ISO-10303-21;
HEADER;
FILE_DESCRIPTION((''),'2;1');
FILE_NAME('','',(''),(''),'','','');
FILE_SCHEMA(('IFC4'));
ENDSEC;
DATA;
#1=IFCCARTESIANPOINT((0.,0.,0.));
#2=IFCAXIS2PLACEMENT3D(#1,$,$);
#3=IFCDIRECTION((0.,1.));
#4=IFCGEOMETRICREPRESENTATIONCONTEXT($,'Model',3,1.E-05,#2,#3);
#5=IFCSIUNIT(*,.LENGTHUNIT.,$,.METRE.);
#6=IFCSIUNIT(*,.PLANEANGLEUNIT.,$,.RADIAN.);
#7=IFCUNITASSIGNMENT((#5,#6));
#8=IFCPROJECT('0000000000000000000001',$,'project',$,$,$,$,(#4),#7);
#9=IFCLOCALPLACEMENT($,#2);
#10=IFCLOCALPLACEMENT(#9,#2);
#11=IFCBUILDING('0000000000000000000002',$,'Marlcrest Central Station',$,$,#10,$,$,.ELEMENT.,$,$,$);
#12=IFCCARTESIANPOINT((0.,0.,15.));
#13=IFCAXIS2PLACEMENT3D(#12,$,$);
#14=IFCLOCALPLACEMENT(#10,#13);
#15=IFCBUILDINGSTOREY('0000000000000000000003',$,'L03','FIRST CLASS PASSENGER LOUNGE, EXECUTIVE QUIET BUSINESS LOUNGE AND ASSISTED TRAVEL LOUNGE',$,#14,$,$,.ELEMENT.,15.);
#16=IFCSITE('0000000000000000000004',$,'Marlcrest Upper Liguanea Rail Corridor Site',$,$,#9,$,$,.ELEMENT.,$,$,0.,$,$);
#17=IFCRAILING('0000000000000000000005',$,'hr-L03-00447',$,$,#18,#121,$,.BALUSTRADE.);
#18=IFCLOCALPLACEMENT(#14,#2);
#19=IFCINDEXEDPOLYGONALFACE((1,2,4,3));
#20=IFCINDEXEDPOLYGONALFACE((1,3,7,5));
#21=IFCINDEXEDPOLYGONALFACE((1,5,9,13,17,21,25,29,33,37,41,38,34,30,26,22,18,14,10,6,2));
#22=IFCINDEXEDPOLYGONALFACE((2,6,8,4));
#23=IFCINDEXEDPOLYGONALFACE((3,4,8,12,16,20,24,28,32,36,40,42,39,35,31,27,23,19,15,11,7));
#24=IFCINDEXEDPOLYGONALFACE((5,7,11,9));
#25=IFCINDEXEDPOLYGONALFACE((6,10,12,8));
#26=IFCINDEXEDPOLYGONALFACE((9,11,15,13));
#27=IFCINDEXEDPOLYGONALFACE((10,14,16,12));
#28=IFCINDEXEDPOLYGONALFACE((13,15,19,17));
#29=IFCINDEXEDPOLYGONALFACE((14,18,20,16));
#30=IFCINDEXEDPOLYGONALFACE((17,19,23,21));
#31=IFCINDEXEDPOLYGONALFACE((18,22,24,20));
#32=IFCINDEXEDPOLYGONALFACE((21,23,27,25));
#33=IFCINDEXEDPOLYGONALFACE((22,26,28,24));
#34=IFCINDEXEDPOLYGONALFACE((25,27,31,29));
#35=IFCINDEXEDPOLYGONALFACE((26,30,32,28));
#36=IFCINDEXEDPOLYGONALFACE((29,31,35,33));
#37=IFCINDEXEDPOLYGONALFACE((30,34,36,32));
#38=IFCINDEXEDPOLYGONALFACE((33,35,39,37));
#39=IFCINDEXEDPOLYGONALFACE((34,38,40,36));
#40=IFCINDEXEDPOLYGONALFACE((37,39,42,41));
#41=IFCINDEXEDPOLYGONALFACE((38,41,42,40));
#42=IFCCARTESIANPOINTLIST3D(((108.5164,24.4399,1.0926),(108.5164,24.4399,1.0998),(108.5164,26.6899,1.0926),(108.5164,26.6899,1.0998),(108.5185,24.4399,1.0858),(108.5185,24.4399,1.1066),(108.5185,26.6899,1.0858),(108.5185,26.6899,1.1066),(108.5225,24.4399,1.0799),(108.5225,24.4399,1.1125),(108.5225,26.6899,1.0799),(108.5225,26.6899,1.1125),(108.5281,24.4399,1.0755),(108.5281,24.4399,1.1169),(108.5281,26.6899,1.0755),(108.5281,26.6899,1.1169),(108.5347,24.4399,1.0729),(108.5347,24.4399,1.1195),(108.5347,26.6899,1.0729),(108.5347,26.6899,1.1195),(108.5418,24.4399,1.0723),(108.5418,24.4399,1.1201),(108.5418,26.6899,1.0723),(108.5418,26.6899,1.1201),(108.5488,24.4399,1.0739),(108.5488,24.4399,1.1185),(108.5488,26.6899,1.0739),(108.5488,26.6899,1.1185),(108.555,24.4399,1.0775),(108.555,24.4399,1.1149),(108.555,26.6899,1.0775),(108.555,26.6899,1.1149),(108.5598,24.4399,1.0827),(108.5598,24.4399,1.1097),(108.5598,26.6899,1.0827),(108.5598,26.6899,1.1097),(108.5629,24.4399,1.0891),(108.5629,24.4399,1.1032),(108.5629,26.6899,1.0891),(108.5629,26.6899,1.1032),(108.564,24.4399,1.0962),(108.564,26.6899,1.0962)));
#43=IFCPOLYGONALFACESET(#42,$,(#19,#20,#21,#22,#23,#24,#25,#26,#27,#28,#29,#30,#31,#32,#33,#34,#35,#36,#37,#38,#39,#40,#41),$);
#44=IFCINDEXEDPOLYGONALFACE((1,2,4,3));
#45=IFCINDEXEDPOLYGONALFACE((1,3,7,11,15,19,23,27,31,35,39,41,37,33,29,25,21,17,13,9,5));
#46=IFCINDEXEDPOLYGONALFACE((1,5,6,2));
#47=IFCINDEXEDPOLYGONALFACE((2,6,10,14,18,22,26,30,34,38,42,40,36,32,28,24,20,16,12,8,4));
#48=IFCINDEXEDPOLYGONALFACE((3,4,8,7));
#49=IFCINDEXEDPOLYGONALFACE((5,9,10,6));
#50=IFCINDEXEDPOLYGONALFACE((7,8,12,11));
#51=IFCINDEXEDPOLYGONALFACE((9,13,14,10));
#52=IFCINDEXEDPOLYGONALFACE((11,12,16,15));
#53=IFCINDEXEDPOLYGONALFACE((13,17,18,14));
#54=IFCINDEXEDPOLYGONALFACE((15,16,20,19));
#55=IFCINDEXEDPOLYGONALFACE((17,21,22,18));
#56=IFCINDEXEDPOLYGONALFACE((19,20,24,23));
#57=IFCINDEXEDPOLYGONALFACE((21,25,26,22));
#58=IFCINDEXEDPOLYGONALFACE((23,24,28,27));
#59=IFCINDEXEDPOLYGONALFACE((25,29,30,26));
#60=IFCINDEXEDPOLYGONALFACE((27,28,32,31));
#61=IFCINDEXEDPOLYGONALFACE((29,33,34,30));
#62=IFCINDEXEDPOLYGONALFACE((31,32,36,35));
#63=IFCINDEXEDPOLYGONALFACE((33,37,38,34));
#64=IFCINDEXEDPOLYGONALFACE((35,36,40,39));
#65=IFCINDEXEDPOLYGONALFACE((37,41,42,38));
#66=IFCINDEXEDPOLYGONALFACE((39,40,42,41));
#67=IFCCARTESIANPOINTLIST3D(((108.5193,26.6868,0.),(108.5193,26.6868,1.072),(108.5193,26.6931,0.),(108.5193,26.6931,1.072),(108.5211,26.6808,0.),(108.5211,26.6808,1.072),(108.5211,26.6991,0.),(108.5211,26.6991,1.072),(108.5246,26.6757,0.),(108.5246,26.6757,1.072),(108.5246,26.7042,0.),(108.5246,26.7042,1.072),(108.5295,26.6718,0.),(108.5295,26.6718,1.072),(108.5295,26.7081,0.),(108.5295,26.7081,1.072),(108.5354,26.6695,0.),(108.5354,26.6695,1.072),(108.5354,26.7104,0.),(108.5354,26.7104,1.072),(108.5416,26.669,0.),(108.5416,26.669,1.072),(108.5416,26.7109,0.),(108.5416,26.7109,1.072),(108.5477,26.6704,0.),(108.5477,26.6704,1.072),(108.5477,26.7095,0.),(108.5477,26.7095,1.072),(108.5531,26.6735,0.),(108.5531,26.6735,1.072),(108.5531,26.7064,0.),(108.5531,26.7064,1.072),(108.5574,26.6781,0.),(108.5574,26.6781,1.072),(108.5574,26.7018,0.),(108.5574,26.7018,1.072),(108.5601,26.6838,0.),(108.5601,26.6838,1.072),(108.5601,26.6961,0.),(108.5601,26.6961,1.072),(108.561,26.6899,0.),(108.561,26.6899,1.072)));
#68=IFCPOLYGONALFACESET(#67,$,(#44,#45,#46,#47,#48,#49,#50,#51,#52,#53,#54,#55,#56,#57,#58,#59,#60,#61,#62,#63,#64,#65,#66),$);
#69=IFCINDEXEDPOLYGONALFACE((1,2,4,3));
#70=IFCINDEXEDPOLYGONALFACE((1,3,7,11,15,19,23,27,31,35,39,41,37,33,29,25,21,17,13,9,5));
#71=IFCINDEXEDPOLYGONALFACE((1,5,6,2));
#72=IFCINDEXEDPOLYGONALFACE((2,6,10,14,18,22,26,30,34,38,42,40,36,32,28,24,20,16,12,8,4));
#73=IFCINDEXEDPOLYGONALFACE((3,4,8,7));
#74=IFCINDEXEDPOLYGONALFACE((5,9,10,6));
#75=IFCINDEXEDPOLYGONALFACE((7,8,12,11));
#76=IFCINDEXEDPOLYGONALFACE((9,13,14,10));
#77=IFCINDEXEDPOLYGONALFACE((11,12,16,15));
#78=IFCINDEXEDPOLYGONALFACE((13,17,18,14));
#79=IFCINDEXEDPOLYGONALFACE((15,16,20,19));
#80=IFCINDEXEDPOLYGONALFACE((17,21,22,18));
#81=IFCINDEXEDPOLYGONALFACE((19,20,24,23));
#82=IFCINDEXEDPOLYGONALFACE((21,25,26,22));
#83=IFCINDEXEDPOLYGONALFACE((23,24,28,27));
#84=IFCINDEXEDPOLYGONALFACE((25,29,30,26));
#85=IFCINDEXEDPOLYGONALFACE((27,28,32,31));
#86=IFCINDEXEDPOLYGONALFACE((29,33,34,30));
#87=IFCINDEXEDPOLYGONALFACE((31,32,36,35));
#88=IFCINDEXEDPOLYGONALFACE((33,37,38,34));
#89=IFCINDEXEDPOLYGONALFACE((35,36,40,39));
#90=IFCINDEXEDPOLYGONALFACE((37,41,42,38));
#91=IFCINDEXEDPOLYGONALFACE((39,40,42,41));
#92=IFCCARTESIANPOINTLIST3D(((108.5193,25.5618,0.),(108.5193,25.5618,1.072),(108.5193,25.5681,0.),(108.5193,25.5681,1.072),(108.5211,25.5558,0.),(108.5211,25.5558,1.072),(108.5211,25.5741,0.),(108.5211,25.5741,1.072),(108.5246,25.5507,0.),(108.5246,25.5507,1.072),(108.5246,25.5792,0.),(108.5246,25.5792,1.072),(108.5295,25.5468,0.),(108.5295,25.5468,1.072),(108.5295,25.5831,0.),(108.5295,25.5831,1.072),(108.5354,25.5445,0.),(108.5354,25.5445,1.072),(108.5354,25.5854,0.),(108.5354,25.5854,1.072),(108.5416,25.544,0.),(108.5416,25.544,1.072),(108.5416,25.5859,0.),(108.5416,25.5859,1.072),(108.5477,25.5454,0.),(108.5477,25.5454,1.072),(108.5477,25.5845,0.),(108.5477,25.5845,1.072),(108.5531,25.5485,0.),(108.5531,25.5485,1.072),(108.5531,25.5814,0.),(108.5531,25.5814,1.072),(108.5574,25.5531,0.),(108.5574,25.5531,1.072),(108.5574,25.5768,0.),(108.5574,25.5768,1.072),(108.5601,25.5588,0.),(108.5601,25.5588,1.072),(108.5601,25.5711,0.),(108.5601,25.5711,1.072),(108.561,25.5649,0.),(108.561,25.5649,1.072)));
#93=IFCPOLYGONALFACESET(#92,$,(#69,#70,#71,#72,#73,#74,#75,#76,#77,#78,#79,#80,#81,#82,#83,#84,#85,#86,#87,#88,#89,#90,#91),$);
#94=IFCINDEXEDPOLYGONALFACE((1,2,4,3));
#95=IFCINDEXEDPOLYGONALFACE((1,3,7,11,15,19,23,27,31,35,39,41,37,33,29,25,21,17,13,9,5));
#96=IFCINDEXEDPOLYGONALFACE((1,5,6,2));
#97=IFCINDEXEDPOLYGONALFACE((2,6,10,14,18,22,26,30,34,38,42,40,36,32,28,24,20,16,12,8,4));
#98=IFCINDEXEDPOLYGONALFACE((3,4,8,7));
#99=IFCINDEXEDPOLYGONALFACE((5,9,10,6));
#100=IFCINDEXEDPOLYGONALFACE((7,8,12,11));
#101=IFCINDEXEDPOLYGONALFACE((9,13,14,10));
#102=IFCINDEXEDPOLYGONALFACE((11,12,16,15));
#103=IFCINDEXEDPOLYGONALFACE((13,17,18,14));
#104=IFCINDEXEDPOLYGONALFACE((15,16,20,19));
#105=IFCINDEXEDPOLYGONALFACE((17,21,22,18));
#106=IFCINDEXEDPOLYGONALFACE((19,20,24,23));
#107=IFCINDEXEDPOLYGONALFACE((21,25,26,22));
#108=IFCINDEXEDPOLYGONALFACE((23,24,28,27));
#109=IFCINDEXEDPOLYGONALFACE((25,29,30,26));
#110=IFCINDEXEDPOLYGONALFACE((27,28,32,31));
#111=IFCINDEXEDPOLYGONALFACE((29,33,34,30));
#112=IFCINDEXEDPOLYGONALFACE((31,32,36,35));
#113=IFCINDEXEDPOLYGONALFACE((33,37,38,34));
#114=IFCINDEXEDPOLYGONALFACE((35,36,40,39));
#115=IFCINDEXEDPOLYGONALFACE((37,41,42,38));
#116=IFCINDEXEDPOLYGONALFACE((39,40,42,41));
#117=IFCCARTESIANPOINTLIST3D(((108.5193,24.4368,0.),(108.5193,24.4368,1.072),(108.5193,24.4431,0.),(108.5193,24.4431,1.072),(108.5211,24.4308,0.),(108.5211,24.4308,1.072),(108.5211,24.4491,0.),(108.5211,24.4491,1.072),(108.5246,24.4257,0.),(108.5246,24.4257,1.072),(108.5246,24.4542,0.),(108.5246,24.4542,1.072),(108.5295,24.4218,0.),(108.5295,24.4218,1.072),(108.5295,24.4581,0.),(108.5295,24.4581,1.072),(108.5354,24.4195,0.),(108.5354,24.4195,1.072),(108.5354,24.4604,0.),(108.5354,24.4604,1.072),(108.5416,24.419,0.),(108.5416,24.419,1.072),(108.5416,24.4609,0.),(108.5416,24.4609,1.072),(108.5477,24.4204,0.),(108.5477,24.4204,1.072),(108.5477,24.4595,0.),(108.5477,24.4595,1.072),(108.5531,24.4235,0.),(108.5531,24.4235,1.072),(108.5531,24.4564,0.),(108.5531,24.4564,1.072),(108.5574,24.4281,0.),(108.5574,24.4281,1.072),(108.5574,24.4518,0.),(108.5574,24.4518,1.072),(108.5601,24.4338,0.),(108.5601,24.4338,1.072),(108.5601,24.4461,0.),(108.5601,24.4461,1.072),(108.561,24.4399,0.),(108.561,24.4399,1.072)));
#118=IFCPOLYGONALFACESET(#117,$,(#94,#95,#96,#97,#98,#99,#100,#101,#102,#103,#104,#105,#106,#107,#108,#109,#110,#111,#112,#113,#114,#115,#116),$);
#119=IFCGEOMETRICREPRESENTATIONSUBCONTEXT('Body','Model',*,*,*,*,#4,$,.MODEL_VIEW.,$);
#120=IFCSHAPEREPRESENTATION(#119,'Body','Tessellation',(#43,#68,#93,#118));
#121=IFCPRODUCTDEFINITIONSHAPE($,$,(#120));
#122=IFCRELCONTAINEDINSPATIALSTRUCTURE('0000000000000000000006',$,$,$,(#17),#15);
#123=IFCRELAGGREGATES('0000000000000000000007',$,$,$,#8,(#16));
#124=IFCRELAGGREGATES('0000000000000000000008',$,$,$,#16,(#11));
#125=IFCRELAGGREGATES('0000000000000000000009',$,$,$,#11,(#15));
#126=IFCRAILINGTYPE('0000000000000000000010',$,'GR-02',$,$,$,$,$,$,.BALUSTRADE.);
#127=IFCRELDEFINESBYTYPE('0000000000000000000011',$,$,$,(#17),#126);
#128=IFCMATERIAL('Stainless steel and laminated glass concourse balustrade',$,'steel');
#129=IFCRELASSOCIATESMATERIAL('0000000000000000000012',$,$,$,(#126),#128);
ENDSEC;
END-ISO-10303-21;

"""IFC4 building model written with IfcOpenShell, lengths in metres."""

from ifc_helpers import new_model, si_unit, direction, frame, origin, origin_2d, place, context, subcontext, project, spatial, circle, extrude, material, type_object, element, save


model = new_model("IFC4")

# Units and contexts
model_context = context("Model", 3, precision=1e-05, world=origin(), true_north=direction((0.0, 1.0)))
body_context = subcontext(model_context, "Body", "Model", "MODEL_VIEW")
ifc_project = project(units=[si_unit("LENGTHUNIT", "METRE"), si_unit("PLANEANGLEUNIT", "RADIAN")], contexts=[model_context])

# Site, building, storey
site_placement = place(None, origin())
site = spatial("IfcSite", under=ifc_project, at=site_placement, Name="Marlcrest Upper Liguanea Rail Corridor Site", CompositionType="ELEMENT", RefElevation=0.0)
building_placement = place(site_placement, origin())
building = spatial("IfcBuilding", under=site, at=building_placement, Name="Marlcrest Central Station", CompositionType="ELEMENT")
storey_placement = place(building_placement, frame((0.0, 0.0, 15.0)))
storey = spatial("IfcBuildingStorey", under=building, at=storey_placement, Name="L03", Description="FIRST CLASS PASSENGER LOUNGE, EXECUTIVE QUIET BUSINESS LOUNGE AND ASSISTED TRAVEL LOUNGE", CompositionType="ELEMENT", Elevation=15.0)

# Railing
ifc_material_1 = material(Name="Stainless steel and laminated glass concourse balustrade", Category="steel")
railing_type = type_object("IfcRailingType", Name="GR-02", PredefinedType="BALUSTRADE", material=ifc_material_1)
railing_1_placement = place(storey_placement, frame((108.54, 26.6899, 0.0)))
element("IfcRailing", 1, at=railing_1_placement, inside=storey, type_object=railing_type, Name="hr-L03-00447", PredefinedType="BALUSTRADE", context=body_context, shape_type="SweptSolid", body=[
    extrude(circle(Radius=0.0239, at=origin_2d()), frame((0.0, 0.0, 1.0962), z_axis=(0.0, -1.0, 0.0), x_axis=(1.0, 0.0, 0.0)), (0.0, 0.0, 1.0), 2.25),
    extrude(circle(Radius=0.021, at=origin_2d()), origin(), (0.0, 0.0, 1.0), 1.072),
    extrude(circle(Radius=0.021, at=origin_2d()), frame((0.0, -1.125, 0.0)), (0.0, 0.0, 1.0), 1.072),
    extrude(circle(Radius=0.021, at=origin_2d()), frame((0.0, -2.25, 0.0)), (0.0, 0.0, 1.0), 1.072),
])

save(model, "model.ifc")
